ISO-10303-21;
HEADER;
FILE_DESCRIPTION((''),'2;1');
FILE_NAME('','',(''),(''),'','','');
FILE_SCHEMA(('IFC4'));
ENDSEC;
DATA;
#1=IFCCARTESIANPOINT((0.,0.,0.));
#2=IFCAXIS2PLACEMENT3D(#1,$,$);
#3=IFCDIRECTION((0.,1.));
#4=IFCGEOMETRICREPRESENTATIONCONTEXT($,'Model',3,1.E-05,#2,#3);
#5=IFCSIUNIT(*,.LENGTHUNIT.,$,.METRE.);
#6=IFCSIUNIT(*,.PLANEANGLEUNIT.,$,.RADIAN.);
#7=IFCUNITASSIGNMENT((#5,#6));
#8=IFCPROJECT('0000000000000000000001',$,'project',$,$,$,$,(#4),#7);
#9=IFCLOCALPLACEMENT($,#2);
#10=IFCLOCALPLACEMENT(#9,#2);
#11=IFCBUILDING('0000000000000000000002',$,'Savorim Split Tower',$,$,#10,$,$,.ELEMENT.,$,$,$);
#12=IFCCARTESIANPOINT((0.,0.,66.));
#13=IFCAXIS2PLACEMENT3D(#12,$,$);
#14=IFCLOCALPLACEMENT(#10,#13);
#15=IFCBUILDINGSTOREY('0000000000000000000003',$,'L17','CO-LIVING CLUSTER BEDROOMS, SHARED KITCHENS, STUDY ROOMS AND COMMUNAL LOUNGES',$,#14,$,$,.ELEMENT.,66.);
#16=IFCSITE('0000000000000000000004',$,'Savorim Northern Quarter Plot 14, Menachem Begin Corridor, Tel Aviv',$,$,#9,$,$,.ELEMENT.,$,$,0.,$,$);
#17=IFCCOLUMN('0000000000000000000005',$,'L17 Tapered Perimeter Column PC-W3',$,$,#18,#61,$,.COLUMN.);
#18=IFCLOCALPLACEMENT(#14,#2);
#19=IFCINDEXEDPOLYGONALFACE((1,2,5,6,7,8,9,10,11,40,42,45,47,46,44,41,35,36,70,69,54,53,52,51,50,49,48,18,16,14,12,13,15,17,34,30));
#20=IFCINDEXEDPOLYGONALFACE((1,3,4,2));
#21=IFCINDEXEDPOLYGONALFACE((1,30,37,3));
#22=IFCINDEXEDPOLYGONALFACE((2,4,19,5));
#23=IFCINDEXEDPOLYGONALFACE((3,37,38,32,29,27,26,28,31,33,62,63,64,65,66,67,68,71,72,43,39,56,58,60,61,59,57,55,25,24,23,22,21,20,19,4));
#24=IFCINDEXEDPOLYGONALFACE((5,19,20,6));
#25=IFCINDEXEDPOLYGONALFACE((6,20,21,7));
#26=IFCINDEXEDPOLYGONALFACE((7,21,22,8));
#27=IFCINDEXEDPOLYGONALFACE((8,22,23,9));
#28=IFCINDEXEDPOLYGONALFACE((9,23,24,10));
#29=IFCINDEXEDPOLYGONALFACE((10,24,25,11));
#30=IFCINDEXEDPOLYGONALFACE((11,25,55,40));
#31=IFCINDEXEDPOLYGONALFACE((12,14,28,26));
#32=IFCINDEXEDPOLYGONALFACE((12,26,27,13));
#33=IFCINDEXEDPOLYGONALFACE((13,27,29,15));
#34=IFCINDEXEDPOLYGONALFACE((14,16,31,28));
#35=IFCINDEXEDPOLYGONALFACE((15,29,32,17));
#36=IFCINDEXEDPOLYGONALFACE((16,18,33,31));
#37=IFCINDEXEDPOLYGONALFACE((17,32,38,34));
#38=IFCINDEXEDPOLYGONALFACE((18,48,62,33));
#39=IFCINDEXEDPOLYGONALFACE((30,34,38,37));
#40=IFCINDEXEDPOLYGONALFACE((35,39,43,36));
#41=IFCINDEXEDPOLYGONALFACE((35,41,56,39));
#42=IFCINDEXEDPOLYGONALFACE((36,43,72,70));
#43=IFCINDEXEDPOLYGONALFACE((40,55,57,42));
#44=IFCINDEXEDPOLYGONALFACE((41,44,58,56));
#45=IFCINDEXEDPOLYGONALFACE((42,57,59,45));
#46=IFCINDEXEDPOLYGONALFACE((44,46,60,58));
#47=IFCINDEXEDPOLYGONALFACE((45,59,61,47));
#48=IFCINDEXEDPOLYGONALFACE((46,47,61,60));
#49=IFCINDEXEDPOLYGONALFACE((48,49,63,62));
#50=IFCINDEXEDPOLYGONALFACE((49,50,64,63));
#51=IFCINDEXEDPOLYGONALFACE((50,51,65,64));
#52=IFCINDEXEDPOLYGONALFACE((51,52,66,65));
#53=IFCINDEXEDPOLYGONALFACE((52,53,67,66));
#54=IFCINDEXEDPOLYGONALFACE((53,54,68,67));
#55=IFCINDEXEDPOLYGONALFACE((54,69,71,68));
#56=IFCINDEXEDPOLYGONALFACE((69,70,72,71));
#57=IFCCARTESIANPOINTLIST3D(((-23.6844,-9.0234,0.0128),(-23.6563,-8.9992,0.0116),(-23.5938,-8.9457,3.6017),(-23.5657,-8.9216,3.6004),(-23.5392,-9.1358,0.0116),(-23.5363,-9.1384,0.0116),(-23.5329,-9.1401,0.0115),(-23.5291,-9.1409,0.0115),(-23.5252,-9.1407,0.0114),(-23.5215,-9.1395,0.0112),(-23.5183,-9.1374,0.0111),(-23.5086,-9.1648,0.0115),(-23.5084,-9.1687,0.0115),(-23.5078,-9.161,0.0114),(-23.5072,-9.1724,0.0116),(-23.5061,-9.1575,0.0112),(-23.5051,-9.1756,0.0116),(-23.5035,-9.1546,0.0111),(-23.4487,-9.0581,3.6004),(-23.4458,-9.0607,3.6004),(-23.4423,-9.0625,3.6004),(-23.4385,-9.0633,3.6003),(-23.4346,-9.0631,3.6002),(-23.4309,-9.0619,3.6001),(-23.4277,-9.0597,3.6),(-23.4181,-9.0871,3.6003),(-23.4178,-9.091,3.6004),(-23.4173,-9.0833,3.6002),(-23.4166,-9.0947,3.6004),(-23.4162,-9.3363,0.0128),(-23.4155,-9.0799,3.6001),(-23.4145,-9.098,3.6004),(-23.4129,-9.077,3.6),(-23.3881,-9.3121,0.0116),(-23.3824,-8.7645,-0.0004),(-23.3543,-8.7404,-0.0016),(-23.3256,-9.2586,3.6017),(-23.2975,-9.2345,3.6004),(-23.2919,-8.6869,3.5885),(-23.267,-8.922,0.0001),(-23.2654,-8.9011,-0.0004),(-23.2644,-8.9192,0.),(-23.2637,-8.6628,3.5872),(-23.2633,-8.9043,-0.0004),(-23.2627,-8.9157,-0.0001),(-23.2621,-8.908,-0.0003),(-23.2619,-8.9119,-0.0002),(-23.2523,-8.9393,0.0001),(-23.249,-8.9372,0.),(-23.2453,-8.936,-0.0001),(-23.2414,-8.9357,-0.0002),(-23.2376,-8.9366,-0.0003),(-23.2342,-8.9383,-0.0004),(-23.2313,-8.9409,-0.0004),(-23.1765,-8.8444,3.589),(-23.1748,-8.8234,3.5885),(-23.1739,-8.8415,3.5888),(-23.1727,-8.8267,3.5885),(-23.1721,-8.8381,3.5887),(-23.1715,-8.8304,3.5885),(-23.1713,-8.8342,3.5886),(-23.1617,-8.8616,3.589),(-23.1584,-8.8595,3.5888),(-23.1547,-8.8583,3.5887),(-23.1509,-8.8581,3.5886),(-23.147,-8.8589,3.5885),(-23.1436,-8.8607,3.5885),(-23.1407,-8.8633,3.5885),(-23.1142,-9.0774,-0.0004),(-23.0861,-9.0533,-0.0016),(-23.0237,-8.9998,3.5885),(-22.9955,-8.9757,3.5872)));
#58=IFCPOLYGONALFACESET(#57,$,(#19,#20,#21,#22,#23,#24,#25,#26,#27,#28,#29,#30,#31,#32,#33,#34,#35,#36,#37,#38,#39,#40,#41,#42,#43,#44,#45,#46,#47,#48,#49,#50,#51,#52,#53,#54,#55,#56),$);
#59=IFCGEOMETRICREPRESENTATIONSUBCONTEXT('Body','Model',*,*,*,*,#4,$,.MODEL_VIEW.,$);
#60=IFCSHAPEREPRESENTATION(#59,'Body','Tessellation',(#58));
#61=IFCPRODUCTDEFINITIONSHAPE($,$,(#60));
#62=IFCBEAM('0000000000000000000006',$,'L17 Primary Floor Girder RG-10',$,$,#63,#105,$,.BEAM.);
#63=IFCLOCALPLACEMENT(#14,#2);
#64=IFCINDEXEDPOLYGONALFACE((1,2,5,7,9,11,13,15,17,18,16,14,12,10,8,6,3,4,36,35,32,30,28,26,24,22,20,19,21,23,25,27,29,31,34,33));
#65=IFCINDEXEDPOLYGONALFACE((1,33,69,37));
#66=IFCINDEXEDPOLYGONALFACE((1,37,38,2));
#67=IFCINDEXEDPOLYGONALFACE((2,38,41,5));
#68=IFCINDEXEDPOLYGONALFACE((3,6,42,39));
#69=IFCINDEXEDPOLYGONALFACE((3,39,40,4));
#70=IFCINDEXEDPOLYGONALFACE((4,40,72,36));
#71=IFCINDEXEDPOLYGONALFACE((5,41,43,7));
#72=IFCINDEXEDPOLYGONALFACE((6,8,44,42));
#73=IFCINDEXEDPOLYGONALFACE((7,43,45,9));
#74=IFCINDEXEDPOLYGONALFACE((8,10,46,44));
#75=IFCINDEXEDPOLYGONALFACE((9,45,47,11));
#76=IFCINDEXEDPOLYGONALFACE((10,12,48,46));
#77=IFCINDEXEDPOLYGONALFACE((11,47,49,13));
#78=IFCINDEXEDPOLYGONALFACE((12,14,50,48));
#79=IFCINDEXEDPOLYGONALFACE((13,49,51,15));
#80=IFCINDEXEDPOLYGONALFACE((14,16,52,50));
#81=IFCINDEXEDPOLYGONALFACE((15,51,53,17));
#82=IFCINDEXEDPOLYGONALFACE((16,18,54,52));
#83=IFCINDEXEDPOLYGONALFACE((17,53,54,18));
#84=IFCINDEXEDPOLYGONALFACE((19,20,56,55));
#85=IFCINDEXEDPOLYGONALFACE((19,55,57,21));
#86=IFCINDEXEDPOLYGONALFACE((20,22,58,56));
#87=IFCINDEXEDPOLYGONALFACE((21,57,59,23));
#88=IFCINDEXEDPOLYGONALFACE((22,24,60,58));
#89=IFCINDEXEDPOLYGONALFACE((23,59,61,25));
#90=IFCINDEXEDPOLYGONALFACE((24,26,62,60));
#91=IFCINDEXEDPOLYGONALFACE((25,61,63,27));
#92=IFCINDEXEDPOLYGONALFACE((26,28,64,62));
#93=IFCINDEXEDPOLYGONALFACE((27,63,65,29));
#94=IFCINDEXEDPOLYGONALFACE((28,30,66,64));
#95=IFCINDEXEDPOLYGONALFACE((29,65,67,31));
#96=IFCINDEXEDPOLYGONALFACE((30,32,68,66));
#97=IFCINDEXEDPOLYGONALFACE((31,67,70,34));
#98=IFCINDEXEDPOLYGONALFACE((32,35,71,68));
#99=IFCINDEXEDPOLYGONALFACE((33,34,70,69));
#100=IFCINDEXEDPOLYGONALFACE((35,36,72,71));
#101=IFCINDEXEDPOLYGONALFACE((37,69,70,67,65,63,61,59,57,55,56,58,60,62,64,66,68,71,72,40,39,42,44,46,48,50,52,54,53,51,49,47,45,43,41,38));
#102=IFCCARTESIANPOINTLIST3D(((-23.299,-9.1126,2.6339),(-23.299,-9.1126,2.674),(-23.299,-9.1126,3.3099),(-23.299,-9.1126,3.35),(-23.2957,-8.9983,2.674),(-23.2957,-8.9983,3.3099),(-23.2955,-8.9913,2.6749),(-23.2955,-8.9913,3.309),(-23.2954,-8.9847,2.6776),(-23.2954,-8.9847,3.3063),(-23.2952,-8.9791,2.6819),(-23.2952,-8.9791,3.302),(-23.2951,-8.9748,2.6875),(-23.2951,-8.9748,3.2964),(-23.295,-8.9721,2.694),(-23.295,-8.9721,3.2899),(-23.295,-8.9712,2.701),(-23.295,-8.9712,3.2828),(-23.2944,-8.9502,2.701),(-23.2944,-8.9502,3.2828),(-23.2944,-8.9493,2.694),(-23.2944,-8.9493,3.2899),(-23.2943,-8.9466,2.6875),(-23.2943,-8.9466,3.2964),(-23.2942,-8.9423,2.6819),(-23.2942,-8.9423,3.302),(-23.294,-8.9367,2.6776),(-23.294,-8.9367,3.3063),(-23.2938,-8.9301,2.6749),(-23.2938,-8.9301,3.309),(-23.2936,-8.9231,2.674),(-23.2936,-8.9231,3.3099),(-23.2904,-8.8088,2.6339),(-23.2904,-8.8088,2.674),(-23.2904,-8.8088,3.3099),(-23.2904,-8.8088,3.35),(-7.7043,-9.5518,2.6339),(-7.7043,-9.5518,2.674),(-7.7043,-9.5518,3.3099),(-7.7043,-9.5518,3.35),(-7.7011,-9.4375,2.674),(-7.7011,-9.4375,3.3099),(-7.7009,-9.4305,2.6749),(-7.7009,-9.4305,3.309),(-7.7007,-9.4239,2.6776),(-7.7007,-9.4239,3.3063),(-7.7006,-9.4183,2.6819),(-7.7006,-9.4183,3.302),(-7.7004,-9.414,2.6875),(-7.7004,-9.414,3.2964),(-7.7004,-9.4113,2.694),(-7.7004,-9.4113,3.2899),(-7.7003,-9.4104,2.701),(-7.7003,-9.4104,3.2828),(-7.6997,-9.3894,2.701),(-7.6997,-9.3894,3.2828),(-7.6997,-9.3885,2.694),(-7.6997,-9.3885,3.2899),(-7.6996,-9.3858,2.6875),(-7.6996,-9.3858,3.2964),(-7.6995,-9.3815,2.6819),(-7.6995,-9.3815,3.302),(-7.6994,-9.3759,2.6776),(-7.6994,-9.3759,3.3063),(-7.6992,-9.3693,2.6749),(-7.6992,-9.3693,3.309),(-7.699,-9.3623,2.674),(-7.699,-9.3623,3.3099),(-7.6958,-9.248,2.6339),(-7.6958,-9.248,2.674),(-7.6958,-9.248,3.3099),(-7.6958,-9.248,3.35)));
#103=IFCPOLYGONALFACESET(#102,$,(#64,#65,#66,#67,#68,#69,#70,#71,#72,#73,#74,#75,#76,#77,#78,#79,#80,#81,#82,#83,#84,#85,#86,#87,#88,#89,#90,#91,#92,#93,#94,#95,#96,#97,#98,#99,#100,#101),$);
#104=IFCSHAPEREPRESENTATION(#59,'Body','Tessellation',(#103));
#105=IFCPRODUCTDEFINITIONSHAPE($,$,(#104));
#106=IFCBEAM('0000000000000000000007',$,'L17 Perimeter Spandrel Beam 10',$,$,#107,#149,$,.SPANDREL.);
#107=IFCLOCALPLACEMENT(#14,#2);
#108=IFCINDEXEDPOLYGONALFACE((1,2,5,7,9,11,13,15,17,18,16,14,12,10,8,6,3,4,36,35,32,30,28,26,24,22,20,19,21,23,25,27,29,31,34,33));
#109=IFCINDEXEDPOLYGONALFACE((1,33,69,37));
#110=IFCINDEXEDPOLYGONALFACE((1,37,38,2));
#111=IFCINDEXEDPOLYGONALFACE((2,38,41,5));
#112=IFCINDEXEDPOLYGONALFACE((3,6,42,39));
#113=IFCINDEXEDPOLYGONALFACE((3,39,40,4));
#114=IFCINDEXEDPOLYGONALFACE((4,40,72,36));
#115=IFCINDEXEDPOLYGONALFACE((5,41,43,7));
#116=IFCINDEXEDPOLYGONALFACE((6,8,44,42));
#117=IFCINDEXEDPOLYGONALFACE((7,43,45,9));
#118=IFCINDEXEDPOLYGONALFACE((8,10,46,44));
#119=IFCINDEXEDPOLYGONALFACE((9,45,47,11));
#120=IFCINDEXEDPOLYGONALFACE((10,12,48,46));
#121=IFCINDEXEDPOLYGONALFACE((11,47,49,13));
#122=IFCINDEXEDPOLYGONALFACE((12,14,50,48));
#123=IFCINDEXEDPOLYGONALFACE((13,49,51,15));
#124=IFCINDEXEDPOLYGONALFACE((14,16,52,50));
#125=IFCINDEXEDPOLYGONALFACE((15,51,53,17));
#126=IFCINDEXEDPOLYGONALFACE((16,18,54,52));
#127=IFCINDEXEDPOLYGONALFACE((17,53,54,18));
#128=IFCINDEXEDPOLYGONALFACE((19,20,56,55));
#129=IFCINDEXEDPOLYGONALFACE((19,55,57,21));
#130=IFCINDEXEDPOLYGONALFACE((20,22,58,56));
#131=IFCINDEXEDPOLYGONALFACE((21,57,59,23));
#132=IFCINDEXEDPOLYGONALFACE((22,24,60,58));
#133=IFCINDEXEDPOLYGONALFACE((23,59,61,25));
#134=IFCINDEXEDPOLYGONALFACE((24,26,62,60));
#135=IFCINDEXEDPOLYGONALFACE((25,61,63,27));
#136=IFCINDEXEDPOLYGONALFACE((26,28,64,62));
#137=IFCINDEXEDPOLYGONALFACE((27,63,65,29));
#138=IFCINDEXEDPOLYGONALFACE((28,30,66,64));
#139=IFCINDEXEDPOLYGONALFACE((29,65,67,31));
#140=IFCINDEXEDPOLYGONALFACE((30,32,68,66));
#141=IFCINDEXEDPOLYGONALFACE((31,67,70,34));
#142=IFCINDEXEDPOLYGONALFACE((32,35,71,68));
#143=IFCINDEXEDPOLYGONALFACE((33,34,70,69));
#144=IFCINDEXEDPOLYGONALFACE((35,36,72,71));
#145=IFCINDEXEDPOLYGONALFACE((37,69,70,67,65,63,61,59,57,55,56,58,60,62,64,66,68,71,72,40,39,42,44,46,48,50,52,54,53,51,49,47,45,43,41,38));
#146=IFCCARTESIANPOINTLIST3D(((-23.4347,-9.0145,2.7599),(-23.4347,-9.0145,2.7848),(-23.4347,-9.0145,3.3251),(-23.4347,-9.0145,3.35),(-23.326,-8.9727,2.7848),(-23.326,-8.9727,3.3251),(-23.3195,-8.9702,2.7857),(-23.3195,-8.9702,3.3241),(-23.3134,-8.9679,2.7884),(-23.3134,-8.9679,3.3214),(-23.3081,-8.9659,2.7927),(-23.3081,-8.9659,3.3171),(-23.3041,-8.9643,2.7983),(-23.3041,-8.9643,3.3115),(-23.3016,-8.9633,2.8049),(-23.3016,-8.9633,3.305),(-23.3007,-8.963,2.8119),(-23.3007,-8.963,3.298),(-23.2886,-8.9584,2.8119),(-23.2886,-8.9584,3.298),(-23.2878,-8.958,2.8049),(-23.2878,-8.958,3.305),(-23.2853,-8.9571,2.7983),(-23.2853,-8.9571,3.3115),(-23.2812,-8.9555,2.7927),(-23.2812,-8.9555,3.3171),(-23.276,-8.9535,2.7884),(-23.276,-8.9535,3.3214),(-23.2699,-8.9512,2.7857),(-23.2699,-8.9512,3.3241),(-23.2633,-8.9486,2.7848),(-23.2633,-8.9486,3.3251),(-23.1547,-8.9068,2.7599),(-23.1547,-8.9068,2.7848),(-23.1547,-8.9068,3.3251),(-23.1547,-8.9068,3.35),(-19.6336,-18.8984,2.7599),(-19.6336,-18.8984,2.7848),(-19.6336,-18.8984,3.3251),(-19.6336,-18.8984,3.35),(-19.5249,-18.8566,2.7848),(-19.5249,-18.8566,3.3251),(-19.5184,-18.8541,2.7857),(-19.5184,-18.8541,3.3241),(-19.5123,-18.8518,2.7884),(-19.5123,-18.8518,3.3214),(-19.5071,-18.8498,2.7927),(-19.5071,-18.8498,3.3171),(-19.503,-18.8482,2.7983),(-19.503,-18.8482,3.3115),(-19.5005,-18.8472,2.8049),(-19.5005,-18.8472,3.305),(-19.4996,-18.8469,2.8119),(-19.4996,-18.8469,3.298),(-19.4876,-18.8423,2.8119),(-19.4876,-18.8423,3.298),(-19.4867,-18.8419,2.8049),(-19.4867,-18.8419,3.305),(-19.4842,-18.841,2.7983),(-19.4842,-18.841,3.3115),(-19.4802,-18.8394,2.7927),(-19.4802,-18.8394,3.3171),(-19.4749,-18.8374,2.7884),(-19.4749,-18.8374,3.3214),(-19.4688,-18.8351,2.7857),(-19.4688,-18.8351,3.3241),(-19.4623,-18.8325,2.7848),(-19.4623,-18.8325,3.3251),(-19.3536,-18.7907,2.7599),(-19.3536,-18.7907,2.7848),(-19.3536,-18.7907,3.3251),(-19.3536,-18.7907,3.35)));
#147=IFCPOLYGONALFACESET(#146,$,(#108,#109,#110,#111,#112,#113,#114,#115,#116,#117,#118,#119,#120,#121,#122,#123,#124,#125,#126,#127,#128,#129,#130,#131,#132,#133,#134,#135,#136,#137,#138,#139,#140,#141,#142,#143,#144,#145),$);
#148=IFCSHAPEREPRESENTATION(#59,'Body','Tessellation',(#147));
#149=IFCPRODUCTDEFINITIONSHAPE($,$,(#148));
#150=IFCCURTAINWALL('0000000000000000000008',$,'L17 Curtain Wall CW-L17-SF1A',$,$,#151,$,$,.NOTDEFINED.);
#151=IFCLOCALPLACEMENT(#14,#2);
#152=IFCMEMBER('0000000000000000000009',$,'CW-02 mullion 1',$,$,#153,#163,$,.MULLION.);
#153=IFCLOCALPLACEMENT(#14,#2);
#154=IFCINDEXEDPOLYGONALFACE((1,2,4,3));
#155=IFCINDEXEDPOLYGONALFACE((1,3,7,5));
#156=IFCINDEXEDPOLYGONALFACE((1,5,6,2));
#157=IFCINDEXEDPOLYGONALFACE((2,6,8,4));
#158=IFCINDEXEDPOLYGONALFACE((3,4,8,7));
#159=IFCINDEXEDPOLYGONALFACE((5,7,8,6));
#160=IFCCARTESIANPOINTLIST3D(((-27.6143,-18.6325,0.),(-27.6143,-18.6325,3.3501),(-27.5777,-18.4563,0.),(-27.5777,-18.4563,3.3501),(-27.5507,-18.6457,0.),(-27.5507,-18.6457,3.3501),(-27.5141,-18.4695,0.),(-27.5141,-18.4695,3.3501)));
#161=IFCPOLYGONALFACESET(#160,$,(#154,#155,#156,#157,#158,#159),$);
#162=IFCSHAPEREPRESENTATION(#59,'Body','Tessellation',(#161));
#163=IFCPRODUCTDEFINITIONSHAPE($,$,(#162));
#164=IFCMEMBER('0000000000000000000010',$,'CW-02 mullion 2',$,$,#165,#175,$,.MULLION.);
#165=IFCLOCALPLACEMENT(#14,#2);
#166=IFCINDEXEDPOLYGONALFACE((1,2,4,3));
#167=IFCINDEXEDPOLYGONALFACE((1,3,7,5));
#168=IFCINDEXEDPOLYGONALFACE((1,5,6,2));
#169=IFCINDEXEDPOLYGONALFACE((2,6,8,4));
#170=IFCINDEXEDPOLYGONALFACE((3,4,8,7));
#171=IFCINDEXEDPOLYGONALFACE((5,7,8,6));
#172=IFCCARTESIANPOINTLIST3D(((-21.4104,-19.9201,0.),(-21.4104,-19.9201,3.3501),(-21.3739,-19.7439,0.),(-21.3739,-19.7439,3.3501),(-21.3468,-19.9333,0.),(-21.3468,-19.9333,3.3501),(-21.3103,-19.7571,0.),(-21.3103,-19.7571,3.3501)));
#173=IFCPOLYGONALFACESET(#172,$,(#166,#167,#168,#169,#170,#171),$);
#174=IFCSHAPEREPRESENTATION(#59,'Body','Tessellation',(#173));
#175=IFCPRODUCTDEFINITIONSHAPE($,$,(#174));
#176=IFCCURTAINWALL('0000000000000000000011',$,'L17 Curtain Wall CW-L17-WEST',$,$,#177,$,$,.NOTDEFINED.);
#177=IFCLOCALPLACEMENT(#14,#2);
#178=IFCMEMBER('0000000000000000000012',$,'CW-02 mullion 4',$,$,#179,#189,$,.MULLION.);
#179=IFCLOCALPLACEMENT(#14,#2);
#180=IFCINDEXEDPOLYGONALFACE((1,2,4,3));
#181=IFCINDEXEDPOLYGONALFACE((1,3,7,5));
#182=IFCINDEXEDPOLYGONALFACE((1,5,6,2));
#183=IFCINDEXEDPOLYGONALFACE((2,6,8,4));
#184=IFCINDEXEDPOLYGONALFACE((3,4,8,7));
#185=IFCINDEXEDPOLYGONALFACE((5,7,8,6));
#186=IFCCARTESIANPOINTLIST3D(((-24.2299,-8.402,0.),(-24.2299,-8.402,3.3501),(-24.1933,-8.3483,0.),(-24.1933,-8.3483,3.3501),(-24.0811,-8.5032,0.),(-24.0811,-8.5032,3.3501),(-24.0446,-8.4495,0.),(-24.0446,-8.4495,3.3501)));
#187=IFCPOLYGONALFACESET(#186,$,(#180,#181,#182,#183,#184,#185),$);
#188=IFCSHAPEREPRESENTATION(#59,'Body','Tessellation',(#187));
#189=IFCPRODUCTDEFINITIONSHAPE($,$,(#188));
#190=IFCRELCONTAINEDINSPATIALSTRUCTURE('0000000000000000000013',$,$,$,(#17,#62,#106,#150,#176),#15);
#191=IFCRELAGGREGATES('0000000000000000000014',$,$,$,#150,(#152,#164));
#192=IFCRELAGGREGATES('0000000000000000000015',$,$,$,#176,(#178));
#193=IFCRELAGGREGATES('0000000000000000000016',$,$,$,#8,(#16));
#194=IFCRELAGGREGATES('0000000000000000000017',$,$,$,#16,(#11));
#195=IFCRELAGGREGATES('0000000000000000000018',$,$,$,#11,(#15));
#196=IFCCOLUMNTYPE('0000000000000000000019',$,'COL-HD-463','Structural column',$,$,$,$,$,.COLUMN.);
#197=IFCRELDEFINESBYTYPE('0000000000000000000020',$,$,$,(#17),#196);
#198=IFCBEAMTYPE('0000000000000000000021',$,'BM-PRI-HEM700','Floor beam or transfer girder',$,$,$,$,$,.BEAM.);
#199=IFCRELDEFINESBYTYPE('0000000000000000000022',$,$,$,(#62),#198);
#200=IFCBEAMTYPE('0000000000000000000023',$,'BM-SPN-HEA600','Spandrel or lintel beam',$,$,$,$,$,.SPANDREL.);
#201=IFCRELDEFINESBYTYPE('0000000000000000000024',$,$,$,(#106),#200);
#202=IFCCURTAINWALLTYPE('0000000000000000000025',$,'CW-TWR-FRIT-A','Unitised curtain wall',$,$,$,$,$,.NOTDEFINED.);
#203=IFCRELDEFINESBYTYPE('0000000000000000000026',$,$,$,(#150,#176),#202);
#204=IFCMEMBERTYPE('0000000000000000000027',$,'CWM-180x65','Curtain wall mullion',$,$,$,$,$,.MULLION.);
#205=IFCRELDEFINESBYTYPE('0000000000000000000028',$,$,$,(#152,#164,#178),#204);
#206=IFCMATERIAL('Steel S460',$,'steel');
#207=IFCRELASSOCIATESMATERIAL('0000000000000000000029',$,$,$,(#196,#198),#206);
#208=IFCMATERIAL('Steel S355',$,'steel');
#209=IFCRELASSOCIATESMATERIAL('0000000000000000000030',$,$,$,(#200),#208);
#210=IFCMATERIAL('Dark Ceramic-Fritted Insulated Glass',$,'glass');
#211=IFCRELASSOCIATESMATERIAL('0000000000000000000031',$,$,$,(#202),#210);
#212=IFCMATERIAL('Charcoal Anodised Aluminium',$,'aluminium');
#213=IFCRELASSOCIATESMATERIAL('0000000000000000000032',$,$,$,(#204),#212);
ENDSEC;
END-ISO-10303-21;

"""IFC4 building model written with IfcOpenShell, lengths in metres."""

from ifc_helpers import new_model, si_unit, direction, frame, origin, origin_2d, place, context, subcontext, project, spatial, rectangle, i_section, extrude, material, material_profile, profile_set, type_object, element, aggregate, save


model = new_model("IFC4")

# Units and contexts
model_context = context("Model", 3, precision=1e-05, world=origin(), true_north=direction((0.0, 1.0)))
body_context = subcontext(model_context, "Body", "Model", "MODEL_VIEW")
ifc_project = project(units=[si_unit("LENGTHUNIT", "METRE"), si_unit("PLANEANGLEUNIT", "RADIAN")], contexts=[model_context])

# Site, building, storey
site_placement = place(None, origin())
site = spatial("IfcSite", under=ifc_project, at=site_placement, Name="Savorim Northern Quarter Plot 14, Menachem Begin Corridor, Tel Aviv", CompositionType="ELEMENT", RefElevation=0.0)
building_placement = place(site_placement, origin())
building = spatial("IfcBuilding", under=site, at=building_placement, Name="Savorim Split Tower", CompositionType="ELEMENT")
storey_placement = place(building_placement, frame((0.0, 0.0, 66.0)))
storey = spatial("IfcBuildingStorey", under=building, at=storey_placement, Name="L17", Description="CO-LIVING CLUSTER BEDROOMS, SHARED KITCHENS, STUDY ROOMS AND COMMUNAL LOUNGES", CompositionType="ELEMENT", Elevation=66.0)

# Column
ifc_material_1 = material(Name="Steel S460", Category="steel")
ifc_material_profile_1 = material_profile(ifc_material_1, i_section(OverallWidth=0.4121, OverallDepth=0.4351, WebThickness=0.0227, FlangeThickness=0.0371, FilletRadius=0.0149, at=origin_2d()), Name="HD 400x463")
ifc_profile_set_1 = profile_set([ifc_material_profile_1], Name="Steel S460")
column_type = type_object("IfcColumnType", Name="COL-HD-463", Description="Structural column", PredefinedType="COLUMN", material=ifc_profile_set_1)
column_placement = place(storey_placement, frame((-23.3853, -9.0383, 0.0056), z_axis=(0.025224, 0.021621, 0.999448), x_axis=(-0.650791, 0.759257, 0.0)))
element("IfcColumn", 1, at=column_placement, inside=storey, type_object=column_type, Name="L17 Tapered Perimeter Column PC-W3", PredefinedType="COLUMN", context=body_context, shape_type="SweptSolid", body=[
    extrude(i_section(OverallWidth=0.4121, OverallDepth=0.4351, WebThickness=0.0227, FlangeThickness=0.0371, FilletRadius=0.0149, at=origin_2d()), origin(), (0.0, 0.0, 1.0), 3.5908),
])

# Beams
ifc_material_profile_2 = material_profile(ifc_material_1, i_section(OverallWidth=0.304, OverallDepth=0.7161, WebThickness=0.021, FlangeThickness=0.04, FilletRadius=0.0271, at=origin_2d()), Name="HE 700 M")
ifc_profile_set_2 = profile_set([ifc_material_profile_2], Name="Steel S460")
beam_type_1 = type_object("IfcBeamType", Name="BM-PRI-HEM700", Description="Floor beam or transfer girder", PredefinedType="BEAM", material=ifc_profile_set_2)
beam_1_placement = place(storey_placement, frame((-23.2947, -8.9607, 2.9919), z_axis=(0.999604, -0.028153, 0.0), x_axis=(0.028153, 0.999604, 0.0)))
element("IfcBeam", 2, at=beam_1_placement, inside=storey, type_object=beam_type_1, Name="L17 Primary Floor Girder RG-10", PredefinedType="BEAM", context=body_context, shape_type="SweptSolid", body=[
    extrude(i_section(OverallWidth=0.304, OverallDepth=0.7161, WebThickness=0.021, FlangeThickness=0.04, FilletRadius=0.0271, at=origin_2d()), origin(), (0.0, 0.0, 1.0), 15.6008),
])
ifc_material_2 = material(Name="Steel S355", Category="steel")
ifc_material_profile_3 = material_profile(ifc_material_2, i_section(OverallWidth=0.3, OverallDepth=0.5901, WebThickness=0.0129, FlangeThickness=0.0249, FilletRadius=0.0271, at=origin_2d()), Name="HEA 600")
ifc_profile_set_3 = profile_set([ifc_material_profile_3], Name="Steel S355")
beam_type_2 = type_object("IfcBeamType", Name="BM-SPN-HEA600", Description="Spandrel or lintel beam", PredefinedType="SPANDREL", material=ifc_profile_set_3)
beam_2_placement = place(storey_placement, frame((-23.2947, -8.9607, 3.0549), z_axis=(0.358944, -0.933359, 0.0), x_axis=(0.933359, 0.358944, 0.0)))
element("IfcBeam", 3, at=beam_2_placement, inside=storey, type_object=beam_type_2, Name="L17 Perimeter Spandrel Beam 10", PredefinedType="SPANDREL", context=body_context, shape_type="SweptSolid", body=[
    extrude(i_section(OverallWidth=0.3, OverallDepth=0.5901, WebThickness=0.0129, FlangeThickness=0.0249, FilletRadius=0.0271, at=origin_2d()), origin(), (0.0, 0.0, 1.0), 10.5896),
])

# Curtain walls, members
ifc_material_3 = material(Name="Dark Ceramic-Fritted Insulated Glass", Category="glass")
curtain_wall_type = type_object("IfcCurtainWallType", Name="CW-TWR-FRIT-A", Description="Unitised curtain wall", PredefinedType="NOTDEFINED", material=ifc_material_3)
curtain_wall_1_placement = place(storey_placement, origin())
curtain_wall_1 = element("IfcCurtainWall", 4, at=curtain_wall_1_placement, inside=storey, type_object=curtain_wall_type, Name="L17 Curtain Wall CW-L17-SF1A", PredefinedType="NOTDEFINED")
ifc_material_4 = material(Name="Charcoal Anodised Aluminium", Category="aluminium")
ifc_material_profile_4 = material_profile(ifc_material_4, rectangle(XDim=0.1799, YDim=0.0649, at=origin_2d()), Name="ALU-M 180x65")
ifc_profile_set_4 = profile_set([ifc_material_profile_4], Name="Charcoal Anodised Aluminium")
member_type_1 = type_object("IfcMemberType", Name="CWM-180x65", Description="Curtain wall mullion", PredefinedType="MULLION", material=ifc_profile_set_4)
member_1_placement = place(storey_placement, frame((-27.5642, -18.551, 0.0), z_axis=(0.0, 0.0, 1.0), x_axis=(0.203216, 0.979134, 0.0)))
member_1 = element("IfcMember", 5, at=member_1_placement, type_object=member_type_1, Name="CW-02 mullion 1", PredefinedType="MULLION", context=body_context, shape_type="SweptSolid", body=[
    extrude(rectangle(XDim=0.1799, YDim=0.0649, at=origin_2d()), origin(), (0.0, 0.0, 1.0), 3.3501),
])
member_2_placement = place(storey_placement, frame((-21.3604, -19.8386, 0.0), z_axis=(0.0, 0.0, 1.0), x_axis=(0.203216, 0.979134, 0.0)))
member_2 = element("IfcMember", 6, at=member_2_placement, type_object=member_type_1, Name="CW-02 mullion 2", PredefinedType="MULLION", context=body_context, shape_type="SweptSolid", body=[
    extrude(rectangle(XDim=0.1799, YDim=0.0649, at=origin_2d()), origin(), (0.0, 0.0, 1.0), 3.3501),
])
curtain_wall_2_placement = place(storey_placement, origin())
curtain_wall_2 = element("IfcCurtainWall", 7, at=curtain_wall_2_placement, inside=storey, type_object=curtain_wall_type, Name="L17 Curtain Wall CW-L17-WEST", PredefinedType="NOTDEFINED")
member_3_placement = place(storey_placement, frame((-24.1372, -8.4258, 0.0), z_axis=(0.0, 0.0, 1.0), x_axis=(0.82682, -0.562466, 0.0)))
member_3 = element("IfcMember", 8, at=member_3_placement, type_object=member_type_1, Name="CW-02 mullion 4", PredefinedType="MULLION", context=body_context, shape_type="SweptSolid", body=[
    extrude(rectangle(XDim=0.1799, YDim=0.0649, at=origin_2d()), origin(), (0.0, 0.0, 1.0), 3.3501),
])

aggregate(curtain_wall_1, [member_1, member_2])
aggregate(curtain_wall_2, [member_3])

save(model, "model.ifc")
